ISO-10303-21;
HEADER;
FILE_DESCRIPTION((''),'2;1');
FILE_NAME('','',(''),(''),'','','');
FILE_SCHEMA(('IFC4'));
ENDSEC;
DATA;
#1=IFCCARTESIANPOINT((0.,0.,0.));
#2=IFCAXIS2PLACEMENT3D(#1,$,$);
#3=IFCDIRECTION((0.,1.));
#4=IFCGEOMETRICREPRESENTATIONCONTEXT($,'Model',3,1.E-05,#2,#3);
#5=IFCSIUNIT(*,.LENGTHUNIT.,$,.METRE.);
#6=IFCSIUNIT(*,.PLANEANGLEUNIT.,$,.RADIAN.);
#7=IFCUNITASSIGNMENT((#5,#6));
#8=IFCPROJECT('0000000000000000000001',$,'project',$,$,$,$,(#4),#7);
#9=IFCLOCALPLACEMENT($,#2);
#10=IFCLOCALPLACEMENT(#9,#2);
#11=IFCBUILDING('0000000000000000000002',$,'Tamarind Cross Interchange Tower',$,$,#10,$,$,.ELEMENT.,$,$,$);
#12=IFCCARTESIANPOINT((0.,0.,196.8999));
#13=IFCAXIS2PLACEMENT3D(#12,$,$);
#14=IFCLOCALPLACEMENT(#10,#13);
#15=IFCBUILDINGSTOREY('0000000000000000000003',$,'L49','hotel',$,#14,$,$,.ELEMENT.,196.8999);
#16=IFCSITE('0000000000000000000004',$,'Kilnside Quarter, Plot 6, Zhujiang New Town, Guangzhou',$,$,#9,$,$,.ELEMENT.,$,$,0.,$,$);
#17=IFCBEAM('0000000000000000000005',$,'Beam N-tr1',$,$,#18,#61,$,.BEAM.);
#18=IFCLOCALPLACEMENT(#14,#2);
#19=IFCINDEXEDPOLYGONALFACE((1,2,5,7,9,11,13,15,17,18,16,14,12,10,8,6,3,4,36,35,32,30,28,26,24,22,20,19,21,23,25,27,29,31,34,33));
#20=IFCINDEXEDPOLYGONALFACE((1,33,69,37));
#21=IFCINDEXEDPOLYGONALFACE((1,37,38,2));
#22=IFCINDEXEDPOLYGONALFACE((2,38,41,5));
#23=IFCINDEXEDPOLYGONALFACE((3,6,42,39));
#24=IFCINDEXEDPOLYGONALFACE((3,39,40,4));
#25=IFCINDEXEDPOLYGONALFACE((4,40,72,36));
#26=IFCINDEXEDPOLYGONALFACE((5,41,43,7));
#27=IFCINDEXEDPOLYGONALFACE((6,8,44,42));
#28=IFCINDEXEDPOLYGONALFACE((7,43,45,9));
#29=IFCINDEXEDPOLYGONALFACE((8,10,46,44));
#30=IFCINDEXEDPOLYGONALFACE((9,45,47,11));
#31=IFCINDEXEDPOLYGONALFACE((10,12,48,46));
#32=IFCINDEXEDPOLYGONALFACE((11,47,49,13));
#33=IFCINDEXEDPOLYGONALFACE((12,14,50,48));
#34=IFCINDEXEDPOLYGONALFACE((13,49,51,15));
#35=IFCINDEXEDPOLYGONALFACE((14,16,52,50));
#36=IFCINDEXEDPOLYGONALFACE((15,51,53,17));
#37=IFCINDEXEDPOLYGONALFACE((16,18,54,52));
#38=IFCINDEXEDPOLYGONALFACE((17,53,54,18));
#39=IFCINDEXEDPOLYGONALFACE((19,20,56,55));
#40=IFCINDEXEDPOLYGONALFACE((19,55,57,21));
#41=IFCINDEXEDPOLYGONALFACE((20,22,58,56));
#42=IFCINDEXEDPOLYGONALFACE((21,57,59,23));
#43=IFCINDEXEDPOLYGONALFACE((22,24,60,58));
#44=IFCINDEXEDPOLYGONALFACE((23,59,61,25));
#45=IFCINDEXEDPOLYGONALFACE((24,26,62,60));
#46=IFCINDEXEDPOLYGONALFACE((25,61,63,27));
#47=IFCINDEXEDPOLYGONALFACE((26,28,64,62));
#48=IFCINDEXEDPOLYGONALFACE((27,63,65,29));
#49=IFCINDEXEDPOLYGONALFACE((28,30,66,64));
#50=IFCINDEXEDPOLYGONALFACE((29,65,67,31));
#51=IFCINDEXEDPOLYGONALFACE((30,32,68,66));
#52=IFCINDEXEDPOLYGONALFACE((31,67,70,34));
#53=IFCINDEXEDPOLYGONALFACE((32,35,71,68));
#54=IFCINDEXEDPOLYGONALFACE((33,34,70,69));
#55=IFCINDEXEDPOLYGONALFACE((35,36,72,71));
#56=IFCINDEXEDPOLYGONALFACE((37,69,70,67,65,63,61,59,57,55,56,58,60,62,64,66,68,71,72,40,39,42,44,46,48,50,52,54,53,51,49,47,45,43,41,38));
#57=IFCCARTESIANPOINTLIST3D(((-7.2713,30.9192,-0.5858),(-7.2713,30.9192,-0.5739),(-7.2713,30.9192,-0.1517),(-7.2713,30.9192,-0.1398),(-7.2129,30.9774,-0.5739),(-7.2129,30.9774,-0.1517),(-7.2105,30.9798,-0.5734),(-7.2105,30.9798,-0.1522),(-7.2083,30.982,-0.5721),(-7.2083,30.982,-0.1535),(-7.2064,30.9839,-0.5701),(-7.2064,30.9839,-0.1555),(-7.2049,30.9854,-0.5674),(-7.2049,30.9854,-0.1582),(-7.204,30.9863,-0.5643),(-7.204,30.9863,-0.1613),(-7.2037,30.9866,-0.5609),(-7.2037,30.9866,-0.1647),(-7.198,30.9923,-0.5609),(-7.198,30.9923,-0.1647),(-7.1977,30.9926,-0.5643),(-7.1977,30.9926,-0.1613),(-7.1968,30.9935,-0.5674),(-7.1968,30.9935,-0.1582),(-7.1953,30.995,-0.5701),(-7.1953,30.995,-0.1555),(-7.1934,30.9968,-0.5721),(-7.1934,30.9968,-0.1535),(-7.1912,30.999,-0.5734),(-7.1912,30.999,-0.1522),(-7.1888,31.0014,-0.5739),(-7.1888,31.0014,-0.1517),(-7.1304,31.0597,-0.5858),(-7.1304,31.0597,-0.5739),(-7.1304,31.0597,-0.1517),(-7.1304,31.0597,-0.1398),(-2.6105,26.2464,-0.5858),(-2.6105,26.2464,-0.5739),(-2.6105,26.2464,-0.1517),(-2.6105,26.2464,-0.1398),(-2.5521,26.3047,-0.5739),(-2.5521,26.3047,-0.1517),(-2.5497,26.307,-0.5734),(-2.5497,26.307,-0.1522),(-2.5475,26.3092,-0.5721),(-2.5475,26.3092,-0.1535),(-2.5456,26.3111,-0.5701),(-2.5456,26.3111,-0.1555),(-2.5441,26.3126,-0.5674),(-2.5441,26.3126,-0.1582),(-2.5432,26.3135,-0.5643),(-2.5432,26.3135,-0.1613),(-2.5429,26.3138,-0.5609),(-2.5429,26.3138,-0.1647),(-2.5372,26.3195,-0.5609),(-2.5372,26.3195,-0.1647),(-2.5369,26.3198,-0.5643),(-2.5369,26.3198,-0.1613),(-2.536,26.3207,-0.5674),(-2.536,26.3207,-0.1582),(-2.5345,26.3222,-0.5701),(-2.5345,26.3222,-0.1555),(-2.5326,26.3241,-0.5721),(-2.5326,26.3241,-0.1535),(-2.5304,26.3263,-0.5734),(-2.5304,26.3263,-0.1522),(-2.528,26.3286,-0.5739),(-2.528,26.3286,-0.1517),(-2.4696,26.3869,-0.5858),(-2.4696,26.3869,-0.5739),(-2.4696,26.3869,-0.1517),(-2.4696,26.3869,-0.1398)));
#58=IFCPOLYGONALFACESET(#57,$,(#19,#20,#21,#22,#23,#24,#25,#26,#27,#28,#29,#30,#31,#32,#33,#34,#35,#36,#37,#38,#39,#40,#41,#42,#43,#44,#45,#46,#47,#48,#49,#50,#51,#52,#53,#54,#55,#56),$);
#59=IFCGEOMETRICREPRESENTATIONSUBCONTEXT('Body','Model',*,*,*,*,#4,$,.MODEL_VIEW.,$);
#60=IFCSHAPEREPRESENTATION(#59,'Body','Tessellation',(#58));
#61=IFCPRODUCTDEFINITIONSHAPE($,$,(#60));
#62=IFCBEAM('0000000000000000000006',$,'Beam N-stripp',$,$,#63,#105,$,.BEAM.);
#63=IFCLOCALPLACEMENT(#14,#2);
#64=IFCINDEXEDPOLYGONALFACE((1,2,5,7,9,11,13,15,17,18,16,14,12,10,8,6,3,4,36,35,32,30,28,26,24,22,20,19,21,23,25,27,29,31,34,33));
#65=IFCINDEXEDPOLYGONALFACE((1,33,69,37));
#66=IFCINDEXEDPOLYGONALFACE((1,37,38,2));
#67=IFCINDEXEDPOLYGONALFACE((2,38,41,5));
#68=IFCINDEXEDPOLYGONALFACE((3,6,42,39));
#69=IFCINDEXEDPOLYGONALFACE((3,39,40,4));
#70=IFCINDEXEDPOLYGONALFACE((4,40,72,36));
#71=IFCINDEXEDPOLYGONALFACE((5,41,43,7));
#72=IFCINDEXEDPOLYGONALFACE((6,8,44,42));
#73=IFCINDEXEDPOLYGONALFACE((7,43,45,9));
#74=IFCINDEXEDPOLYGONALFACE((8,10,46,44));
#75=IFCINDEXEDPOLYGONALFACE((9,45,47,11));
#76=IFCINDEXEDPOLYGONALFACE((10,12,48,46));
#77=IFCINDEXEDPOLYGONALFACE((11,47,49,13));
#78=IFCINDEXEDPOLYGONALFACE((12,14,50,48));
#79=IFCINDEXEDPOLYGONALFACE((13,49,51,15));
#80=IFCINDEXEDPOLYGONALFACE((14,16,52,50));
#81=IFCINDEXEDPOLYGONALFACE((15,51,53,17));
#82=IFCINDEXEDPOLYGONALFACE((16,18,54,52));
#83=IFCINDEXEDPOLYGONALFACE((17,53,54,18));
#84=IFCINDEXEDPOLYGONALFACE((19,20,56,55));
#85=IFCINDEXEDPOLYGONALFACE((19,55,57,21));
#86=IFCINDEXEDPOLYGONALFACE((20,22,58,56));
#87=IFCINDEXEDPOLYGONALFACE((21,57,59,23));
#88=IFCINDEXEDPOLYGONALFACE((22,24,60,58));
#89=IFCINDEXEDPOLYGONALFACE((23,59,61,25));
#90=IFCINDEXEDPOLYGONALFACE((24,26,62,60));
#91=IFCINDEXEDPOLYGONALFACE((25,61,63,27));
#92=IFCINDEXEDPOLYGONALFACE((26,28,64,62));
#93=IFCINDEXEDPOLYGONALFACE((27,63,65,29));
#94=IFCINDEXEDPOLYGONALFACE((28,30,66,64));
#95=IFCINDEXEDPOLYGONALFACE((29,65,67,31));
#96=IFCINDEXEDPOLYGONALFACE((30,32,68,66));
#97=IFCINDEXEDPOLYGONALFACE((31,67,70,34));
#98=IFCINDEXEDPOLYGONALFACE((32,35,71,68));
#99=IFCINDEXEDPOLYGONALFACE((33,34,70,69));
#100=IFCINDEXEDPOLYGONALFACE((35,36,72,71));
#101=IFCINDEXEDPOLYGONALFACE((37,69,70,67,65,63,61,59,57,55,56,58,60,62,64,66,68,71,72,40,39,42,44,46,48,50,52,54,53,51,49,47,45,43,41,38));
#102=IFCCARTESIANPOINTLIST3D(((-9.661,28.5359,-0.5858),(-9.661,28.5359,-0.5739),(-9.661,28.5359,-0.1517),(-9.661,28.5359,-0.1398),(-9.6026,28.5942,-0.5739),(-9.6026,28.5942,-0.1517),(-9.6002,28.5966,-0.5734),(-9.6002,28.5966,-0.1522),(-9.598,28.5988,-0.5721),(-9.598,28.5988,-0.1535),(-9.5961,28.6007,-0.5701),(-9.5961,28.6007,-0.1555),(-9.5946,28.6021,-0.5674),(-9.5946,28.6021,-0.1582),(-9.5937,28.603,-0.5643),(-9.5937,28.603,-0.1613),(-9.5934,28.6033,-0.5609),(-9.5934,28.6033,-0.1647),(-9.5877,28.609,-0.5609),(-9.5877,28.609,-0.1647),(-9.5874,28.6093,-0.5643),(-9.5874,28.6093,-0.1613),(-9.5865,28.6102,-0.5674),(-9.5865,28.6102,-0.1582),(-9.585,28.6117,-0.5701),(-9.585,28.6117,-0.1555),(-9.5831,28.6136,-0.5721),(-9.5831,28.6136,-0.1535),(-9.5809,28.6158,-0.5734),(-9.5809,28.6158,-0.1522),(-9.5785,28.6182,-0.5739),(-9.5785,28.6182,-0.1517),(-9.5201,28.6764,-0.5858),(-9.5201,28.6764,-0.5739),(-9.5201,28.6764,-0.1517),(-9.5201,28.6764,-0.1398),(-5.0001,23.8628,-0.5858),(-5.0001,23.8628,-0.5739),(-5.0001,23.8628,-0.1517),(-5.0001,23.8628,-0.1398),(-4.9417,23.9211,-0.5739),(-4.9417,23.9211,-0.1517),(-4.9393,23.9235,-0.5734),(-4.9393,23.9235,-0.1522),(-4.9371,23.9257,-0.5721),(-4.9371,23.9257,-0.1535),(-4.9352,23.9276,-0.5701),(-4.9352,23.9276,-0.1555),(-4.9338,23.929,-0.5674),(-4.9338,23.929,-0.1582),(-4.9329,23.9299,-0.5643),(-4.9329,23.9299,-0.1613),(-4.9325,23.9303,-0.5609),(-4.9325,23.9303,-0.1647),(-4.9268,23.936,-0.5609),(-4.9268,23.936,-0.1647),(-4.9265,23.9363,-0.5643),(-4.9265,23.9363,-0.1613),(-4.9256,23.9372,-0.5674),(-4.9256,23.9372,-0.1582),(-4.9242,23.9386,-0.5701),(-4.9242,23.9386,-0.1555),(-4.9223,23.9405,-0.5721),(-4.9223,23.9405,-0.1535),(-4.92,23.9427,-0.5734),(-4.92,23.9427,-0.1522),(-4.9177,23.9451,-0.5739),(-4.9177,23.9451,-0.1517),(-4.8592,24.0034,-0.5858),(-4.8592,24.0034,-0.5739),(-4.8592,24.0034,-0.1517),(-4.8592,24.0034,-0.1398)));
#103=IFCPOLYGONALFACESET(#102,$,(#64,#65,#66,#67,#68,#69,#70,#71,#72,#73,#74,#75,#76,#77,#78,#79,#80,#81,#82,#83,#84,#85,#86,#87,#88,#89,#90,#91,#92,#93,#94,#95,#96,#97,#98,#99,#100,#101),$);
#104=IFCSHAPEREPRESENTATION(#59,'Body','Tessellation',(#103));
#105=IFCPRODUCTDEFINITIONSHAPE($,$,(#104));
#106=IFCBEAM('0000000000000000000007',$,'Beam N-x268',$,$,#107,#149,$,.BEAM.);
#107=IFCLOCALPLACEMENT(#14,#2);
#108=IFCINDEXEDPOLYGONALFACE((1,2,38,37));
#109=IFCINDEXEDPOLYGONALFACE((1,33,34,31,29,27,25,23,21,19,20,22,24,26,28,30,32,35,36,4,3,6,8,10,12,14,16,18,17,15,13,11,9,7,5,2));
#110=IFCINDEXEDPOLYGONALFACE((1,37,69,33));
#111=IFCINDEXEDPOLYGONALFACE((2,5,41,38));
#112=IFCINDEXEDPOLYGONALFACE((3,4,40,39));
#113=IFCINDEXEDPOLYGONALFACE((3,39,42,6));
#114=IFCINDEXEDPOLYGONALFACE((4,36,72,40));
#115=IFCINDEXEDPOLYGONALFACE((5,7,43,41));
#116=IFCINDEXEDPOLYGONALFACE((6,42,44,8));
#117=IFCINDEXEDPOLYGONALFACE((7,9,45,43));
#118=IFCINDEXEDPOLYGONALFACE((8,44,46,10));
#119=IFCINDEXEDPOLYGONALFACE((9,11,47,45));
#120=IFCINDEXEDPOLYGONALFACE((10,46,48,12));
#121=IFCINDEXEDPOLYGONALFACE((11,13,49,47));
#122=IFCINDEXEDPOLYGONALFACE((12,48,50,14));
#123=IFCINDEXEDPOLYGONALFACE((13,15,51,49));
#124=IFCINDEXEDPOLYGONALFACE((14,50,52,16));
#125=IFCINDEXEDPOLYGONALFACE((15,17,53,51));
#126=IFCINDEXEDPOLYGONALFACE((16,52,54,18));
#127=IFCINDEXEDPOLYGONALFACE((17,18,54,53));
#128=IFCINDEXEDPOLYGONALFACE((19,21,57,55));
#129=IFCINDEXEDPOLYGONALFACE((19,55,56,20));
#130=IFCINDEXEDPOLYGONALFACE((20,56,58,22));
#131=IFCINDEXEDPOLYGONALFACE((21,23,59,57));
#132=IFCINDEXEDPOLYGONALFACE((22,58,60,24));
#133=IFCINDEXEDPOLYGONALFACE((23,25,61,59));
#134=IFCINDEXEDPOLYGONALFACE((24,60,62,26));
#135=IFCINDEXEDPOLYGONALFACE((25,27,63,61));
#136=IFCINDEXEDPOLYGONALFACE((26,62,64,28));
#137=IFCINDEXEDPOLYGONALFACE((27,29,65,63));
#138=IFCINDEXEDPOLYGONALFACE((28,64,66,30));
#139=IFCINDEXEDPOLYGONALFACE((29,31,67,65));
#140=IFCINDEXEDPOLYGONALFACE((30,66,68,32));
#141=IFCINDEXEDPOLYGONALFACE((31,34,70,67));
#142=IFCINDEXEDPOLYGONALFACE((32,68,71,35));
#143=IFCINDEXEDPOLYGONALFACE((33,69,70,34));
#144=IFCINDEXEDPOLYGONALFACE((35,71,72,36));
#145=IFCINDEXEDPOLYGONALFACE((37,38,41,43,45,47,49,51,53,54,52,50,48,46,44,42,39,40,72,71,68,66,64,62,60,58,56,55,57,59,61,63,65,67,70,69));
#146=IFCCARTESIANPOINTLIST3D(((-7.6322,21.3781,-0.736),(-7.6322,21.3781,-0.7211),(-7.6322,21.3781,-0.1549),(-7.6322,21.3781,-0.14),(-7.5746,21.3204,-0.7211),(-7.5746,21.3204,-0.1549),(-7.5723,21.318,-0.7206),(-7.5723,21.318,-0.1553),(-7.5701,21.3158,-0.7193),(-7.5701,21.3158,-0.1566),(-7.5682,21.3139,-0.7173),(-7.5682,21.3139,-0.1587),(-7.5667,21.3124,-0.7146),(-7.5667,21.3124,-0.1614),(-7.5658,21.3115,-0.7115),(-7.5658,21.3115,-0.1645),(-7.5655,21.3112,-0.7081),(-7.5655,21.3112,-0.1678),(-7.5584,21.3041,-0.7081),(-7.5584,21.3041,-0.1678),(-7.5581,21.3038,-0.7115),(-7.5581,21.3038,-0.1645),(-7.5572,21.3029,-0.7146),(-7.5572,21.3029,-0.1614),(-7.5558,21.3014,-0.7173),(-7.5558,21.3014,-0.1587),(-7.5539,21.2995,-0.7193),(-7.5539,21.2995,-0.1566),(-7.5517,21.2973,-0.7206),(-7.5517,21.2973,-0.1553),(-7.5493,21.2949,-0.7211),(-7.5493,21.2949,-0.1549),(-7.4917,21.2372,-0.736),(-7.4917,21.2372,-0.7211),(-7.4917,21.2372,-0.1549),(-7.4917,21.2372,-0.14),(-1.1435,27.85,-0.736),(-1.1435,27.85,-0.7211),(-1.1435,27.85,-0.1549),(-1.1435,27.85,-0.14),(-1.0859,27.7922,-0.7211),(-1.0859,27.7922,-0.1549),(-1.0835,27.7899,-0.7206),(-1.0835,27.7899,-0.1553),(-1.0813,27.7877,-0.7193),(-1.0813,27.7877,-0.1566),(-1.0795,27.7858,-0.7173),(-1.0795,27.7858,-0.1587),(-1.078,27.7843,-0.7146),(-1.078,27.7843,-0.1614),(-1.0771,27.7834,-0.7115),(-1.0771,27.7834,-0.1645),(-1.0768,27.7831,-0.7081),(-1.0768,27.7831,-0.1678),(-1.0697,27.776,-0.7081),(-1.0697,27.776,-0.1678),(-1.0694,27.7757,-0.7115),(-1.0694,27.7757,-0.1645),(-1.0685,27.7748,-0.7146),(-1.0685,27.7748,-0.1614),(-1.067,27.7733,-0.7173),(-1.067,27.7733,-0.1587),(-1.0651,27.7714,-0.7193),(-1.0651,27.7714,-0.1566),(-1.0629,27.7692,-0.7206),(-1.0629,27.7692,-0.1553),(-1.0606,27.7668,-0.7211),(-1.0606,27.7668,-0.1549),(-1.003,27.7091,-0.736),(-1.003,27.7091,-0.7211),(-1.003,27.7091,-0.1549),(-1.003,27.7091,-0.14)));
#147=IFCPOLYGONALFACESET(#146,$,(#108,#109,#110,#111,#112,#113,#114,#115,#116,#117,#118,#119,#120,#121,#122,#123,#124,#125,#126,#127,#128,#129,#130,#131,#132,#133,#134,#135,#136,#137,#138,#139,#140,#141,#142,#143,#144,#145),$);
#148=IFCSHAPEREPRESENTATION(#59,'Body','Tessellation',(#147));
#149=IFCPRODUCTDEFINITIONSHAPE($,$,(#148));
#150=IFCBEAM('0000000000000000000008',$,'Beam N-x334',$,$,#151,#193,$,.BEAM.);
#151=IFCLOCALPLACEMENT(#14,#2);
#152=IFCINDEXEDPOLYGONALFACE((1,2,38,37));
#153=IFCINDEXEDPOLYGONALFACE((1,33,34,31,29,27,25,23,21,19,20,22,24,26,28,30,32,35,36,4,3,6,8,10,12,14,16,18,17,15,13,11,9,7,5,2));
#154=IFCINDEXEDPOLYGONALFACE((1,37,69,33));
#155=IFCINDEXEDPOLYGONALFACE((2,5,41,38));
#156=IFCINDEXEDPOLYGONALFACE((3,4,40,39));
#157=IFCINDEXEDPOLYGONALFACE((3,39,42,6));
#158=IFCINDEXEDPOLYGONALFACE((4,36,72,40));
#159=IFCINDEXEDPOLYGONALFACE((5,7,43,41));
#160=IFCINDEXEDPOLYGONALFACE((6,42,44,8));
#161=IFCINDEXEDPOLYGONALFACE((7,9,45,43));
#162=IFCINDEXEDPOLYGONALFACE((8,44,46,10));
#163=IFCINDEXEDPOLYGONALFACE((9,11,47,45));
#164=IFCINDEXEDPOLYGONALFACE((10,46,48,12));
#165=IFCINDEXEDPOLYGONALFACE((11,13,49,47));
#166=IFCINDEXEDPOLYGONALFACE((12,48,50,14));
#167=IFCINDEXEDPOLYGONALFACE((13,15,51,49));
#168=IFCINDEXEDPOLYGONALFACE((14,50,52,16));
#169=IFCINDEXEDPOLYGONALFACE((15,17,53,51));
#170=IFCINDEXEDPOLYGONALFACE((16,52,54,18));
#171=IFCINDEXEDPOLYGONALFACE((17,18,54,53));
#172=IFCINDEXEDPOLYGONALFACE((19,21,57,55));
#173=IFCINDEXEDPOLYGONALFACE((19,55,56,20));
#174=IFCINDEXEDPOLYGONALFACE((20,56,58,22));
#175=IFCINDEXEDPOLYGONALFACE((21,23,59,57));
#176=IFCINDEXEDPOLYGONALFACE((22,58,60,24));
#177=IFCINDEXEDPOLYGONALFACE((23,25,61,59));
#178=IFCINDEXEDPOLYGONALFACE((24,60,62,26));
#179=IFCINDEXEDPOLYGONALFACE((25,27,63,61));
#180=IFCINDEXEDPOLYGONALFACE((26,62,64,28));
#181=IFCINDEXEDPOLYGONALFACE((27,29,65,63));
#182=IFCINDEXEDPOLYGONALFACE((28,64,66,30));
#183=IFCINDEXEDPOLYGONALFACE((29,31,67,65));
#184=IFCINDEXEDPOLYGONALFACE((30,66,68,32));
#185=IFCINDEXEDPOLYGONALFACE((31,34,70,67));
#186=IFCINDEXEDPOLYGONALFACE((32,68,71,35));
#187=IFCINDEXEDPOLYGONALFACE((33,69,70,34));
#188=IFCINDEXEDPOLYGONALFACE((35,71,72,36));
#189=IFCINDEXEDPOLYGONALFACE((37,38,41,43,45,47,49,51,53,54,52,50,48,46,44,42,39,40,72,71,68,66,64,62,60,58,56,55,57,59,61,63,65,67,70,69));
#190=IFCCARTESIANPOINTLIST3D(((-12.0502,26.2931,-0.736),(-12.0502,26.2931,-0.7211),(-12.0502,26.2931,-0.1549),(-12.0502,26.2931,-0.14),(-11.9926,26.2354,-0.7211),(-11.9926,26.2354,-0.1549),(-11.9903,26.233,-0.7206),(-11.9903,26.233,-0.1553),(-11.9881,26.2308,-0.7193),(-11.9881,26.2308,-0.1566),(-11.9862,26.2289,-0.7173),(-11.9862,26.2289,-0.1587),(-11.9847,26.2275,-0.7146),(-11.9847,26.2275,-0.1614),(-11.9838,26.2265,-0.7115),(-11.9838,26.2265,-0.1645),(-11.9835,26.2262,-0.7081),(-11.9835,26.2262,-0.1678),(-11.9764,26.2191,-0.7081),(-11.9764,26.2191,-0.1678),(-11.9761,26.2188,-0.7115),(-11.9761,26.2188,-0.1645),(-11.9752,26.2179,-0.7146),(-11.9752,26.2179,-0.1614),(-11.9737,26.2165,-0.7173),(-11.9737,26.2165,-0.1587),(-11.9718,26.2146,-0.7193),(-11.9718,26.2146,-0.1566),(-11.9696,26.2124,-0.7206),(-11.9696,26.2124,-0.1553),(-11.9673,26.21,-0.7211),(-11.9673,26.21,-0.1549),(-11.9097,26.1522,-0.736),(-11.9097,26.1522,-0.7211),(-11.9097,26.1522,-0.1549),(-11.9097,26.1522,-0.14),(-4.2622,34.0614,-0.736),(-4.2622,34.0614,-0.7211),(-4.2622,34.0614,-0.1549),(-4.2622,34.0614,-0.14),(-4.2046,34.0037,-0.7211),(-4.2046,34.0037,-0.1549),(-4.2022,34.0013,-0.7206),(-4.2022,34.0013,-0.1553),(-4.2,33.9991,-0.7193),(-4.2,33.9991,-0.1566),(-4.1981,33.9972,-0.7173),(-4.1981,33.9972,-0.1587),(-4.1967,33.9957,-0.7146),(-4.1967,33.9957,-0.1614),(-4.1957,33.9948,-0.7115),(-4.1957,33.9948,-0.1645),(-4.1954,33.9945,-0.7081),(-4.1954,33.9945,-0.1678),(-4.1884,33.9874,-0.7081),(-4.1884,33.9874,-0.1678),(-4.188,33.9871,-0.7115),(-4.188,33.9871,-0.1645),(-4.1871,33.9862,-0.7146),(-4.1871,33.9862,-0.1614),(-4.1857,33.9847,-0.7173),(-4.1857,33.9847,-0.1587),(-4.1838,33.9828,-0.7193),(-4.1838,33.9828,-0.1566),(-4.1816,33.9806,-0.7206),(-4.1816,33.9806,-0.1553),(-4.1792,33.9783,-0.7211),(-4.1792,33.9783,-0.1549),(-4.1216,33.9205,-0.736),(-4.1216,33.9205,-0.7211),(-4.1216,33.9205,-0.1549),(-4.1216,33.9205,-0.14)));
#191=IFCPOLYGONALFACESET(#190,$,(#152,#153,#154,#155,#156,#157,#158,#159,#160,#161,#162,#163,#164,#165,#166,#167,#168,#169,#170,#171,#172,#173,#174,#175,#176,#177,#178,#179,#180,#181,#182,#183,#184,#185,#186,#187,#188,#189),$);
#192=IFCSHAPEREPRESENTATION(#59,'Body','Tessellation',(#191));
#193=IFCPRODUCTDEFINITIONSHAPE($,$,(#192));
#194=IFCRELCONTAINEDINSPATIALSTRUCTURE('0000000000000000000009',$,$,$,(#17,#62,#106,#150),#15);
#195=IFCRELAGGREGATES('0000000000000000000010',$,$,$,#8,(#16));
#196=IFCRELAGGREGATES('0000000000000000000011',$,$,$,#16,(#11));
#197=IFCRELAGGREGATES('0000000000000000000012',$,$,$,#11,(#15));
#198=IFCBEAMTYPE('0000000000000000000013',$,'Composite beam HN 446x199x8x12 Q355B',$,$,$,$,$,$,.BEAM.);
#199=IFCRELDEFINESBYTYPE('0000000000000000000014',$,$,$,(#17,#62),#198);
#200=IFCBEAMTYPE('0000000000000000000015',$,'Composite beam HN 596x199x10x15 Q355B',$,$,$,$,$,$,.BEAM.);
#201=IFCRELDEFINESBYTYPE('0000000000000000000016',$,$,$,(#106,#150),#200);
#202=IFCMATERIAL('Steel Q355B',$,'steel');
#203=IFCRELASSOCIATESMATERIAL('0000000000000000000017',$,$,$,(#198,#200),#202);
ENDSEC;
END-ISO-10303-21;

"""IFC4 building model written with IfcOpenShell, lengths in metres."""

from ifc_helpers import new_model, si_unit, direction, frame, origin, origin_2d, place, context, subcontext, project, spatial, i_section, extrude, material, material_profile, profile_set, type_object, element, save


model = new_model("IFC4")

# Units and contexts
model_context = context("Model", 3, precision=1e-05, world=origin(), true_north=direction((0.0, 1.0)))
body_context = subcontext(model_context, "Body", "Model", "MODEL_VIEW")
ifc_project = project(units=[si_unit("LENGTHUNIT", "METRE"), si_unit("PLANEANGLEUNIT", "RADIAN")], contexts=[model_context])

# Site, building, storey
site_placement = place(None, origin())
site = spatial("IfcSite", under=ifc_project, at=site_placement, Name="Kilnside Quarter, Plot 6, Zhujiang New Town, Guangzhou", CompositionType="ELEMENT", RefElevation=0.0)
building_placement = place(site_placement, origin())
building = spatial("IfcBuilding", under=site, at=building_placement, Name="Tamarind Cross Interchange Tower", CompositionType="ELEMENT")
storey_placement = place(building_placement, frame((0.0, 0.0, 196.8999)))
storey = spatial("IfcBuildingStorey", under=building, at=storey_placement, Name="L49", Description="hotel", CompositionType="ELEMENT", Elevation=196.8999)

# Beams
ifc_material_1 = material(Name="Steel Q355B", Category="steel")
ifc_material_profile_1 = material_profile(ifc_material_1, i_section(OverallWidth=0.199, OverallDepth=0.446, WebThickness=0.0081, FlangeThickness=0.012, FilletRadius=0.0129, at=origin_2d()), Name="HN 446x199x8x12")
ifc_profile_set_1 = profile_set([ifc_material_profile_1], Name="Steel Q355B")
beam_type_1 = type_object("IfcBeamType", Name="Composite beam HN 446x199x8x12 Q355B", PredefinedType="BEAM", material=ifc_profile_set_1)
beam_1_placement = place(storey_placement, frame((-2.54, 26.3167, -0.3628), z_axis=(-0.7062, 0.708012, 0.0), x_axis=(-0.708012, -0.7062, 0.0)))
element("IfcBeam", 1, at=beam_1_placement, inside=storey, type_object=beam_type_1, Name="Beam N-tr1", PredefinedType="BEAM", context=body_context, shape_type="SweptSolid", body=[
    extrude(i_section(OverallWidth=0.199, OverallDepth=0.446, WebThickness=0.0081, FlangeThickness=0.012, FilletRadius=0.0129, at=origin_2d()), origin(), (0.0, 0.0, 1.0), 6.5999),
])
beam_2_placement = place(storey_placement, frame((-4.9297, 23.9331, -0.3628), z_axis=(-0.706181, 0.708031, 0.0), x_axis=(-0.708031, -0.706181, 0.0)))
element("IfcBeam", 2, at=beam_2_placement, inside=storey, type_object=beam_type_1, Name="Beam N-stripp", PredefinedType="BEAM", context=body_context, shape_type="SweptSolid", body=[
    extrude(i_section(OverallWidth=0.199, OverallDepth=0.446, WebThickness=0.0081, FlangeThickness=0.012, FilletRadius=0.0129, at=origin_2d()), origin(), (0.0, 0.0, 1.0), 6.6001),
])
ifc_material_profile_2 = material_profile(ifc_material_1, i_section(OverallWidth=0.199, OverallDepth=0.5959, WebThickness=0.01, FlangeThickness=0.0149, FilletRadius=0.0129, at=origin_2d()), Name="HN 596x199x10x15")
ifc_profile_set_2 = profile_set([ifc_material_profile_2], Name="Steel Q355B")
beam_type_2 = type_object("IfcBeamType", Name="Composite beam HN 596x199x10x15 Q355B", PredefinedType="BEAM", material=ifc_profile_set_2)
beam_3_placement = place(storey_placement, frame((-1.0732, 27.7795, -0.438), z_axis=(-0.708025, -0.706187, 0.0), x_axis=(0.706187, -0.708025, 0.0)))
element("IfcBeam", 3, at=beam_3_placement, inside=storey, type_object=beam_type_2, Name="Beam N-x268", PredefinedType="BEAM", context=body_context, shape_type="SweptSolid", body=[
    extrude(i_section(OverallWidth=0.199, OverallDepth=0.5959, WebThickness=0.01, FlangeThickness=0.0149, FilletRadius=0.0129, at=origin_2d()), origin(), (0.0, 0.0, 1.0), 9.1646),
])
for number, where, z_axis, x_axis, name in (
    (4, (-4.1919, 33.991, -0.438), (-0.708005, -0.706207, 0.0), (0.706207, -0.708005, 0.0), "Beam N-x334"),
):
    element("IfcBeam", number, at=place(storey_placement, frame(where, z_axis=z_axis, x_axis=x_axis)), inside=storey, type_object=beam_type_2, Name=name, PredefinedType="BEAM", context=body_context, shape_type="SweptSolid", body=[
        extrude(i_section(OverallWidth=0.199, OverallDepth=0.5959, WebThickness=0.01, FlangeThickness=0.0149, FilletRadius=0.0129, at=origin_2d()), origin(), (0.0, 0.0, 1.0), 11.0),
    ])

save(model, "model.ifc")
